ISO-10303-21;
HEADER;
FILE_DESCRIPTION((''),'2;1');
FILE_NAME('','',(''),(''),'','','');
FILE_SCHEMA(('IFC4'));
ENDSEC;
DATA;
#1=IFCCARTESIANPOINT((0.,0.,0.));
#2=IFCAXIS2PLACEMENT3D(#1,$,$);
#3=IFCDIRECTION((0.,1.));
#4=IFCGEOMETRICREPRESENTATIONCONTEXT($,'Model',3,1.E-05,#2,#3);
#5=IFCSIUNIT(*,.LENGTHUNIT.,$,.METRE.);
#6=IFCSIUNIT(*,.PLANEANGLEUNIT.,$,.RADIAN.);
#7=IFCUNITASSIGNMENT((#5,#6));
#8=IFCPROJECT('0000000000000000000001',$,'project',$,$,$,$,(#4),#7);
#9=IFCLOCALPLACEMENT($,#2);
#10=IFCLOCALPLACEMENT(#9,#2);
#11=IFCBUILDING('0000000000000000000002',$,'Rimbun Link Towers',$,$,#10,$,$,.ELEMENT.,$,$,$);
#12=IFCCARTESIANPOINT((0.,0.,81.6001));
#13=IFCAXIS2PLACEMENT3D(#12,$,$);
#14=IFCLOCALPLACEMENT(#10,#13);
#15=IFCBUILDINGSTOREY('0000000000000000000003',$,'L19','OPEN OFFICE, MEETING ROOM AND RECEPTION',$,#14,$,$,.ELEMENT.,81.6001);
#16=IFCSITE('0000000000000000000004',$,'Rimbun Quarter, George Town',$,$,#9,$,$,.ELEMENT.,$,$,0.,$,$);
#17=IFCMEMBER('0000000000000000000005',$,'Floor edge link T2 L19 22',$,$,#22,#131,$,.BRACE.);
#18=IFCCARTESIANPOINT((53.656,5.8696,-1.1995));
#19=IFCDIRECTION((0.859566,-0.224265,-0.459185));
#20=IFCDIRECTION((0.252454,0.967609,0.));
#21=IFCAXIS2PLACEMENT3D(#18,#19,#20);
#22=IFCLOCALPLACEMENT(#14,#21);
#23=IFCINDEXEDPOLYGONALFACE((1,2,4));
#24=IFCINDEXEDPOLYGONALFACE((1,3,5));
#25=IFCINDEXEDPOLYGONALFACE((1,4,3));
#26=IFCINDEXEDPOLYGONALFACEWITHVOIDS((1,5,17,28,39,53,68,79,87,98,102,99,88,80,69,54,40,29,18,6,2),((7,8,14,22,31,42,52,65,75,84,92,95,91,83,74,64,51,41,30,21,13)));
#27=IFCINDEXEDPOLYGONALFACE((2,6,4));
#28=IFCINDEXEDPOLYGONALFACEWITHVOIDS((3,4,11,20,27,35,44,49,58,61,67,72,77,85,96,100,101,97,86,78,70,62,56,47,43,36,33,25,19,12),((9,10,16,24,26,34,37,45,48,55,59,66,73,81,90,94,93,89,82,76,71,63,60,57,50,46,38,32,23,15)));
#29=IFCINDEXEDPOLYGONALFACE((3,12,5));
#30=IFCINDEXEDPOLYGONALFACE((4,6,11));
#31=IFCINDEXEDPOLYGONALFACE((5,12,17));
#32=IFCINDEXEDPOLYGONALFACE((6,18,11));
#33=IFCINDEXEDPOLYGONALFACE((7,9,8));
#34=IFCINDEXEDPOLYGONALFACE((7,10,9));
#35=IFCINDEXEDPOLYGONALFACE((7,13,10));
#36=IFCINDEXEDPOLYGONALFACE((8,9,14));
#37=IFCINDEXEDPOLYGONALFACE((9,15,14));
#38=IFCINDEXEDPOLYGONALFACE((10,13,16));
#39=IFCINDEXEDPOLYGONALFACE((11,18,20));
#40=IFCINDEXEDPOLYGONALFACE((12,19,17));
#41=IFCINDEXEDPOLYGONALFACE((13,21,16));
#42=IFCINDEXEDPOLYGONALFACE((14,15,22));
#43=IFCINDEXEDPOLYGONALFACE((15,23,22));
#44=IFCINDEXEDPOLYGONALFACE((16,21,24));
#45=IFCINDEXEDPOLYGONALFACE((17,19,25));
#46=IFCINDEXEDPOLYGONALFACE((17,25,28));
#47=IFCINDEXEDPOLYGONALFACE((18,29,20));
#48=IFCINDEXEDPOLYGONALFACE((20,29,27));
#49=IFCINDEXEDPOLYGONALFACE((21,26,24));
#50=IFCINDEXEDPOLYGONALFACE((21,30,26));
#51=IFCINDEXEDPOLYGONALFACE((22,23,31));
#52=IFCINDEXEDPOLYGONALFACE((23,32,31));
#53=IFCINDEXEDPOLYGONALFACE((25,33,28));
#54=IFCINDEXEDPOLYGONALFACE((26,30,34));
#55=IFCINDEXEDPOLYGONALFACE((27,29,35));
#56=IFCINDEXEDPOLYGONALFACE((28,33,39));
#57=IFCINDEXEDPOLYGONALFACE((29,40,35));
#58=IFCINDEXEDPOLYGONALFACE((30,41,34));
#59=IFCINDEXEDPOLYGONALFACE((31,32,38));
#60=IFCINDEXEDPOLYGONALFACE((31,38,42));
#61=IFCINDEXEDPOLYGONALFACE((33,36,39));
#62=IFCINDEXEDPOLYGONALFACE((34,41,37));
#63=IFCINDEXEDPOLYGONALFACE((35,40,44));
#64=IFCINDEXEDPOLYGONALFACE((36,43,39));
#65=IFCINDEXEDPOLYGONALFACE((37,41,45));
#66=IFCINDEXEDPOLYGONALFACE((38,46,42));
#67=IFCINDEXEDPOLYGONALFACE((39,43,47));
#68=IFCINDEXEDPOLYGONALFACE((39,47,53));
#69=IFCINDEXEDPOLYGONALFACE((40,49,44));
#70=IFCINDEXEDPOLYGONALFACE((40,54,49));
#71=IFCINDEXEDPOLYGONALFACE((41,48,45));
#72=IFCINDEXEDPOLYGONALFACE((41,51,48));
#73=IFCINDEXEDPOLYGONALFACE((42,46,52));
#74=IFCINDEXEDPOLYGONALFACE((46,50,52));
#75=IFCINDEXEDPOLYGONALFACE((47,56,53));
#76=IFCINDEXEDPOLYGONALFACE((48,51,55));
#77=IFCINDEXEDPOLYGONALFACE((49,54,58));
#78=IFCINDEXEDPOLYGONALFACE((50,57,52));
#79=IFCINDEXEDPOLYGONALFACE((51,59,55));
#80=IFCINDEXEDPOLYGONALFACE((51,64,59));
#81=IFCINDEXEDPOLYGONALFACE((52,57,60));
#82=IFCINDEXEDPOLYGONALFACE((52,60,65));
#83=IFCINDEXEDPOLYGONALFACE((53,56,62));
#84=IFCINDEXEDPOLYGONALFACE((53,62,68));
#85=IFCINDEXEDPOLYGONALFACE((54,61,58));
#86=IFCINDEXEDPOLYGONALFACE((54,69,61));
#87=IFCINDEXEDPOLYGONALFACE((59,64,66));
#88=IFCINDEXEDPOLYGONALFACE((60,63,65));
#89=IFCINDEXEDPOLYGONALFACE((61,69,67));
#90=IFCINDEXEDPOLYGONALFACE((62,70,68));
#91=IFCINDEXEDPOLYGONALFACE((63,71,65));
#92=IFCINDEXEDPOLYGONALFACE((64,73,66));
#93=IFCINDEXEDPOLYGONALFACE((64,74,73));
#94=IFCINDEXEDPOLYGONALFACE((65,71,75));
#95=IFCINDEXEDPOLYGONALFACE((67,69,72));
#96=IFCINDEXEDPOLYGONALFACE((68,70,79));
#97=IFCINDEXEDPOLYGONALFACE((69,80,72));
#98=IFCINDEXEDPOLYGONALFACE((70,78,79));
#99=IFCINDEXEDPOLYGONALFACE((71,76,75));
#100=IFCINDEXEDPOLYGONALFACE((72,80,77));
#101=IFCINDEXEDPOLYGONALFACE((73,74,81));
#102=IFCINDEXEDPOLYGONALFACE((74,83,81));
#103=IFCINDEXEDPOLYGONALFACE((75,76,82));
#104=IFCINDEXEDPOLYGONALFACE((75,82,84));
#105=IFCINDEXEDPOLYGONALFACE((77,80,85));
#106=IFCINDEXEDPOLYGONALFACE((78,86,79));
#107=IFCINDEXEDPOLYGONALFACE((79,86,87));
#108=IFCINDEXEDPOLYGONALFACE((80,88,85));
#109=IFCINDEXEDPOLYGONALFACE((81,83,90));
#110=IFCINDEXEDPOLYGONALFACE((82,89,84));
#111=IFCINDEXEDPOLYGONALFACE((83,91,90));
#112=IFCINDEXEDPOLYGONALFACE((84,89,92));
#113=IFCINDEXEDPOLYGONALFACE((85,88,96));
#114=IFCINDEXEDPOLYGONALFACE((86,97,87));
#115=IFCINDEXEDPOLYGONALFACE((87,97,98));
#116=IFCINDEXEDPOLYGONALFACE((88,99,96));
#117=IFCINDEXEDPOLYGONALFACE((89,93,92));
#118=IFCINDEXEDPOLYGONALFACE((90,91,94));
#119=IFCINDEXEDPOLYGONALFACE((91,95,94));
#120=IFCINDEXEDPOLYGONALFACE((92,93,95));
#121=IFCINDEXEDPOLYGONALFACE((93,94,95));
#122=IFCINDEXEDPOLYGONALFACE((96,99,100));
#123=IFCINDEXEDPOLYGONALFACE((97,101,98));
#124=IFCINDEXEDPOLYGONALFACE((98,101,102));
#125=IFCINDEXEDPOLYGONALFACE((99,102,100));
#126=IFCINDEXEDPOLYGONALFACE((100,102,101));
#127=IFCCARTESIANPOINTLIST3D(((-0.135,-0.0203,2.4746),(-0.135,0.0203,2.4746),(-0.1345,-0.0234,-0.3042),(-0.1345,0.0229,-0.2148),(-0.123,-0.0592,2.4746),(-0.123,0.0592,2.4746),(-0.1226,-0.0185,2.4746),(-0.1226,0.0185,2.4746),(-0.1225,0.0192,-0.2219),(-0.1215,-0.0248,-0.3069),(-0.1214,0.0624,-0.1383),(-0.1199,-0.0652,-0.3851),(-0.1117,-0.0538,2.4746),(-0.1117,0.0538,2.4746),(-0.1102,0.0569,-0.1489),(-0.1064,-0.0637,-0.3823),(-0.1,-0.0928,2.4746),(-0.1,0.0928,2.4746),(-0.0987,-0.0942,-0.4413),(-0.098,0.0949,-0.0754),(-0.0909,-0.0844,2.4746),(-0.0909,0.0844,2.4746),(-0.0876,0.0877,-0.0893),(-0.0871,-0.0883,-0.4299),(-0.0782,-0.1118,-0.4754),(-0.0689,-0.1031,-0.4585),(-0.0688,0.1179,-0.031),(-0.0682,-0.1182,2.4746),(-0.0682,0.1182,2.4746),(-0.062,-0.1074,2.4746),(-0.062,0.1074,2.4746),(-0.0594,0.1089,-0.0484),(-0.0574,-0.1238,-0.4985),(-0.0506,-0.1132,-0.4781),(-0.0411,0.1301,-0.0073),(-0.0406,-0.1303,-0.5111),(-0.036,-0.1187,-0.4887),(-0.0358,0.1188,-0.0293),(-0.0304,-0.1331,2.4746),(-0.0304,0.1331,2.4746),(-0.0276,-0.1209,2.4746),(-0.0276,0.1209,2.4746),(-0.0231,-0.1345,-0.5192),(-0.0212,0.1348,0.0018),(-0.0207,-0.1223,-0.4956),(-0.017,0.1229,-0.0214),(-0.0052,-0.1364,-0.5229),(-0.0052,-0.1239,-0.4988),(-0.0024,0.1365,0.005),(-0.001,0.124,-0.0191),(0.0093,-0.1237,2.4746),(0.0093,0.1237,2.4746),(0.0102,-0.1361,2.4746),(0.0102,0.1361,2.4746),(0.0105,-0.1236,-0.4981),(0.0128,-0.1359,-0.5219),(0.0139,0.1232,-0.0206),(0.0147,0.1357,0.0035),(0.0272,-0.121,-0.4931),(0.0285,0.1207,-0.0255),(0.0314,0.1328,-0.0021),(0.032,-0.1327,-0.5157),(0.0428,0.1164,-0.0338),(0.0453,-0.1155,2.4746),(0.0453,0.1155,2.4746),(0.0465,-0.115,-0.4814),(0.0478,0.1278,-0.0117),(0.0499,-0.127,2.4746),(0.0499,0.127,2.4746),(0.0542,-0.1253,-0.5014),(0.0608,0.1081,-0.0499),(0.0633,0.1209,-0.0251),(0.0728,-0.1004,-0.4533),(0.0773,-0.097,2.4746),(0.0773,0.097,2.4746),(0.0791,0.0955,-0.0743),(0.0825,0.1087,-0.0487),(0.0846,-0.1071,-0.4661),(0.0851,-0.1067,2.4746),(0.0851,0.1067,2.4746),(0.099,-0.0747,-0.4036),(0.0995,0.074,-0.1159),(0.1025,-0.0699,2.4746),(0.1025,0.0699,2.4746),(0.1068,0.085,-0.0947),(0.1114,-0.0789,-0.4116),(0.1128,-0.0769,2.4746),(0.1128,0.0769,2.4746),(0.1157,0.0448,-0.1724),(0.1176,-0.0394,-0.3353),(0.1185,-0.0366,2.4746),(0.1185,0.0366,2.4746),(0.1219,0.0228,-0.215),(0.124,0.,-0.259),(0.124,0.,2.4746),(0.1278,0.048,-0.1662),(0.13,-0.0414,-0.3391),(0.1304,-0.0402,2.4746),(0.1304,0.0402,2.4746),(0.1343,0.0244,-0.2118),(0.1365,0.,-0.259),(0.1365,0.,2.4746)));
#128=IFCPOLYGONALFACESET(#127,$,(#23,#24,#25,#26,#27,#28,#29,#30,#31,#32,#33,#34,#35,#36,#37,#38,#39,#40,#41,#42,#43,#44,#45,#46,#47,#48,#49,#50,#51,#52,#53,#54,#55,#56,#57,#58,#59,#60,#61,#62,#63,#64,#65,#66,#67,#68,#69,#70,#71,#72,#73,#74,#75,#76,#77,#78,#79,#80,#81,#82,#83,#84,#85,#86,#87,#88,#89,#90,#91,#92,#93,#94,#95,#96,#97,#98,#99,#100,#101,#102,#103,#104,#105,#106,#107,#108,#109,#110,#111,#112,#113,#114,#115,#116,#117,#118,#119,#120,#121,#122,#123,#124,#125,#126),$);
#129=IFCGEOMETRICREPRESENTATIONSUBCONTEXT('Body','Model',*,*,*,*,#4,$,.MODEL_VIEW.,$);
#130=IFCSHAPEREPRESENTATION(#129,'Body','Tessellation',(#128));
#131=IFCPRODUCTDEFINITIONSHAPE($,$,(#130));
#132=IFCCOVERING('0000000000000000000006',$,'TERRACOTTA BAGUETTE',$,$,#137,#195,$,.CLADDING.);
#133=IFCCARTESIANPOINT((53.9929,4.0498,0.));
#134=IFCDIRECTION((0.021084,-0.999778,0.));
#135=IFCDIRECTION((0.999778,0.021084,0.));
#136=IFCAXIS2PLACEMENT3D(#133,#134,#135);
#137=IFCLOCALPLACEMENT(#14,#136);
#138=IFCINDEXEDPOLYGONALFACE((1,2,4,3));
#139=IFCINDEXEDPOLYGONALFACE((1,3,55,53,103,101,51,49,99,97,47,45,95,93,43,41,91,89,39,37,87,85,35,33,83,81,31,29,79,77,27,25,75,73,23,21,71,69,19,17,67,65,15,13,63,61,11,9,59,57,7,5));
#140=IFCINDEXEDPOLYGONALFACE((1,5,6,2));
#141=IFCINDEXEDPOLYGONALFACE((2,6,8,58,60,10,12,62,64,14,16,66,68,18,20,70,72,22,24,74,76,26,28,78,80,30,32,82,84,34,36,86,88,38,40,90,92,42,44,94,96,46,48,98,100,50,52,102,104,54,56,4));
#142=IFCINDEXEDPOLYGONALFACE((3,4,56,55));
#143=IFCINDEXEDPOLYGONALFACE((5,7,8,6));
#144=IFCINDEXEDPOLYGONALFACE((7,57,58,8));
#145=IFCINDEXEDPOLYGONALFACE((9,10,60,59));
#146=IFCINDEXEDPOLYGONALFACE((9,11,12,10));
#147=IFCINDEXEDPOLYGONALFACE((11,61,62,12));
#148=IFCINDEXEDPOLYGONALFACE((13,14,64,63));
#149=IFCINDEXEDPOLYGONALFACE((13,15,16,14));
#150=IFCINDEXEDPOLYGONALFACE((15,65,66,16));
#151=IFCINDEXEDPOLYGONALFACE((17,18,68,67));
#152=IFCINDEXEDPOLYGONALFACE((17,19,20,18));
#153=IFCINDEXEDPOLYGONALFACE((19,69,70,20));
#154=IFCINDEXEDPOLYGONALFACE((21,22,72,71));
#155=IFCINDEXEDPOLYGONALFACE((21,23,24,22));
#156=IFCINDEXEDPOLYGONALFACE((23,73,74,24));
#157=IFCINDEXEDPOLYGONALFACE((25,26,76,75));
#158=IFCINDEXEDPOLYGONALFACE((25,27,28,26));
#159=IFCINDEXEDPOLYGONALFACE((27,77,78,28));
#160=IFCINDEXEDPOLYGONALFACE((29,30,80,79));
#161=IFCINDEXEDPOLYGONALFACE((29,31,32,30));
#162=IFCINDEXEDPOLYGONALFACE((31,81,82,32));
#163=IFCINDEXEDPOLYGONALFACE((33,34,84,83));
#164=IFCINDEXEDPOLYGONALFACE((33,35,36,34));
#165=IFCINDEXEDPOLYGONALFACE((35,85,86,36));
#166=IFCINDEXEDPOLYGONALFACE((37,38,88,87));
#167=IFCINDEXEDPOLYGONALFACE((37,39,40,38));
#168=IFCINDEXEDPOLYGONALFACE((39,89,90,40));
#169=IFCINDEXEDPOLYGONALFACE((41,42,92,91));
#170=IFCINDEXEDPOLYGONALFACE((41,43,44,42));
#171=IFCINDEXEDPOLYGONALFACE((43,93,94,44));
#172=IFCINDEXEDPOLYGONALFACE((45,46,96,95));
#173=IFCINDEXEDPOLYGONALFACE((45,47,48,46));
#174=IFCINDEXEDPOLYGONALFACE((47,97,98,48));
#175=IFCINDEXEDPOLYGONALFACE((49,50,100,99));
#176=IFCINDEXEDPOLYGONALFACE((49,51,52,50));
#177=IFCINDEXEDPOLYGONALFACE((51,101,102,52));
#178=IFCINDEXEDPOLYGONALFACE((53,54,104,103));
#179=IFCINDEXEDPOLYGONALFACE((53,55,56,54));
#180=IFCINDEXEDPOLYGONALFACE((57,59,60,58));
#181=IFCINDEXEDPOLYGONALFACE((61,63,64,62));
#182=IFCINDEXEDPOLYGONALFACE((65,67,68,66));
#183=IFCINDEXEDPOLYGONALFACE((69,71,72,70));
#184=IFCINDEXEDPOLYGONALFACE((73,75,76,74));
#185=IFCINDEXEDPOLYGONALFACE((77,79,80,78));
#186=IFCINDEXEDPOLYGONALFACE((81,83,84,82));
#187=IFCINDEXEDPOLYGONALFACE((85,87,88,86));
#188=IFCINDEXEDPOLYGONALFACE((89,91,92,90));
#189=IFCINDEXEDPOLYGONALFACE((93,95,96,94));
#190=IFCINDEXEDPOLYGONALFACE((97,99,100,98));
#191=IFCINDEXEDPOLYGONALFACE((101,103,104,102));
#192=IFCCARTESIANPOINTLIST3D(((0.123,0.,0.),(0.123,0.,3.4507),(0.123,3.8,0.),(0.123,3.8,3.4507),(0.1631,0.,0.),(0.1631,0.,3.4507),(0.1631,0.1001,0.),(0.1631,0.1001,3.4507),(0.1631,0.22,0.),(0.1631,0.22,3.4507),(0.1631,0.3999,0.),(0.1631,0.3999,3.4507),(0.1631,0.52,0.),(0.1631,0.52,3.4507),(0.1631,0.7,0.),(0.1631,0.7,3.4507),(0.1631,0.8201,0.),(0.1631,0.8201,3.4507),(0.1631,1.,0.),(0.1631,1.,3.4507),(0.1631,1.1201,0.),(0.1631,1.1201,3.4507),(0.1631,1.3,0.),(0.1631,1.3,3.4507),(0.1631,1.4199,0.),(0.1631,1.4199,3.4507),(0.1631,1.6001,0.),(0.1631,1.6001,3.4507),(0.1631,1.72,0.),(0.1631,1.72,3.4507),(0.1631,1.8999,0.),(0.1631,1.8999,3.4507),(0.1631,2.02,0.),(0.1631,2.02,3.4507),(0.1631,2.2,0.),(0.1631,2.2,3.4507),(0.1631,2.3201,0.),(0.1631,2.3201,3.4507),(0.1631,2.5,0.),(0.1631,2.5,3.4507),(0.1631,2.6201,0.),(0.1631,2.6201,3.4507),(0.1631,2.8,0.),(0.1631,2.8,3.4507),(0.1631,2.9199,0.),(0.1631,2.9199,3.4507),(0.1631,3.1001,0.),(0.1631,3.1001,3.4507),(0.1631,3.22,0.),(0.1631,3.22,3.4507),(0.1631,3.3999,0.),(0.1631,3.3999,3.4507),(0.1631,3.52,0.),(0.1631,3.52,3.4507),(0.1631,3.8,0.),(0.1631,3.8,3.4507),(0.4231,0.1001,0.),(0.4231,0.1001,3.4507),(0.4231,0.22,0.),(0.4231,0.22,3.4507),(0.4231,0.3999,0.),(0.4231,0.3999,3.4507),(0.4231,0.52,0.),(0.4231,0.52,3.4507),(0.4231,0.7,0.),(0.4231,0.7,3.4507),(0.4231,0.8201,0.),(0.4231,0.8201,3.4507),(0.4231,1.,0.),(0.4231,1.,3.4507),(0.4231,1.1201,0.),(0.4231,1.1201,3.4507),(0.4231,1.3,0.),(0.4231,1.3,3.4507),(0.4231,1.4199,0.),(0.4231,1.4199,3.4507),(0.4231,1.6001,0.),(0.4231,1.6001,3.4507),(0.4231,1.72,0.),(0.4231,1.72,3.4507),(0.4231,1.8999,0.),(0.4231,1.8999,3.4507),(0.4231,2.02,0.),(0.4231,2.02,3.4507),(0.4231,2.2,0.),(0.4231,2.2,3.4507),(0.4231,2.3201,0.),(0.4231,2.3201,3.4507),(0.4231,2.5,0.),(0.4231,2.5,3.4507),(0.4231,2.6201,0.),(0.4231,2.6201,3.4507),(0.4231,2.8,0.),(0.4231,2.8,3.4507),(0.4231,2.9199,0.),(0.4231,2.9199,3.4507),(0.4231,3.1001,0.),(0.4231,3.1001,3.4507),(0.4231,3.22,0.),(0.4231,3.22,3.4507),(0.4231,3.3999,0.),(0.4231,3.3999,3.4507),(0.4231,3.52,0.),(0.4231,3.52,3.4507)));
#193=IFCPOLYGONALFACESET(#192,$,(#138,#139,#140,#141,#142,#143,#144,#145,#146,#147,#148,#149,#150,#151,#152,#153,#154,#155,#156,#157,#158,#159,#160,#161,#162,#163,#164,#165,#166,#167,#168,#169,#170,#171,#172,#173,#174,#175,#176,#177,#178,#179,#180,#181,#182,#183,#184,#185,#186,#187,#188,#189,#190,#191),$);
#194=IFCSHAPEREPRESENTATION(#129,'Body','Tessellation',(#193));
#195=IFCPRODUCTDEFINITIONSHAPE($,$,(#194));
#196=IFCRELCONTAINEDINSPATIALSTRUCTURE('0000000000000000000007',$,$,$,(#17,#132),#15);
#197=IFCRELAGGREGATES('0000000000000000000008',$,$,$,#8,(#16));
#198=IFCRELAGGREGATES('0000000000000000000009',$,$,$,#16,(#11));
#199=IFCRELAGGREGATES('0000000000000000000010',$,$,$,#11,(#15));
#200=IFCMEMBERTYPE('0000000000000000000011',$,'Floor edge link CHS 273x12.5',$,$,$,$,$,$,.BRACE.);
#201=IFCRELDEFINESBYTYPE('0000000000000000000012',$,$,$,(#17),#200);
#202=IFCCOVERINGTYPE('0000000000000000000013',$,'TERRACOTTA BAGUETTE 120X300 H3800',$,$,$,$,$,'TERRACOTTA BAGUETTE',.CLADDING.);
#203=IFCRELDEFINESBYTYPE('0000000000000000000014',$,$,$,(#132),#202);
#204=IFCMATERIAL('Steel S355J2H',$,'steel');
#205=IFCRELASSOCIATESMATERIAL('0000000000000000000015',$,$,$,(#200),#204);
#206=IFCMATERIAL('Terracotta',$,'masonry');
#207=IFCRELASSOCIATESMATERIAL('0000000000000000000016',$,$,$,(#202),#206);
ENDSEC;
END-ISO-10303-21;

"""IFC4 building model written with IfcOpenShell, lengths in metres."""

from ifc_helpers import new_model, si_unit, direction, frame, origin, origin_2d, place, context, subcontext, project, spatial, polyline, hollow_circle, outline, extrude, clip, halfspace, material, material_profile, profile_set, type_object, element, save


model = new_model("IFC4")

# Units and contexts
model_context = context("Model", 3, precision=1e-05, world=origin(), true_north=direction((0.0, 1.0)))
body_context = subcontext(model_context, "Body", "Model", "MODEL_VIEW")
ifc_project = project(units=[si_unit("LENGTHUNIT", "METRE"), si_unit("PLANEANGLEUNIT", "RADIAN")], contexts=[model_context])

# Site, building, storey
site_placement = place(None, origin())
site = spatial("IfcSite", under=ifc_project, at=site_placement, Name="Rimbun Quarter, George Town", CompositionType="ELEMENT", RefElevation=0.0)
building_placement = place(site_placement, origin())
building = spatial("IfcBuilding", under=site, at=building_placement, Name="Rimbun Link Towers", CompositionType="ELEMENT")
storey_placement = place(building_placement, frame((0.0, 0.0, 81.6001)))
storey = spatial("IfcBuildingStorey", under=building, at=storey_placement, Name="L19", Description="OPEN OFFICE, MEETING ROOM AND RECEPTION", CompositionType="ELEMENT", Elevation=81.6001)

# Member
ifc_material_1 = material(Name="Steel S355J2H", Category="steel")
ifc_material_profile_1 = material_profile(ifc_material_1, hollow_circle(Radius=0.1365, WallThickness=0.0125, at=origin_2d()), Name="CHS 273x12.5")
ifc_profile_set_1 = profile_set([ifc_material_profile_1], Name="Steel S355J2H")
member_type_1 = type_object("IfcMemberType", Name="Floor edge link CHS 273x12.5", PredefinedType="BRACE", material=ifc_profile_set_1)
member_1_placement = place(storey_placement, frame((53.656, 5.8696, -1.1995), z_axis=(0.859566, -0.224265, -0.459185), x_axis=(0.252454, 0.967609, 0.0)))
element("IfcMember", 1, at=member_1_placement, inside=storey, type_object=member_type_1, Name="Floor edge link T2 L19 22", PredefinedType="BRACE", context=body_context, shape_type="Clipping", body=[
    clip(extrude(hollow_circle(Radius=0.1365, WallThickness=0.0125, at=origin_2d()), frame((0.0, 0.0, -0.5498)), (0.0, 0.0, 1.0), 3.0244), halfspace(frame((0.0, 0.0, -0.259), z_axis=(0.0, 0.888341, -0.459185)), False)),
])

# Covering
ifc_material_2 = material(Name="Terracotta", Category="masonry")
ifc_material_profile_2 = material_profile(ifc_material_2, outline(polyline([(0.123, 0.0), (0.1631, 0.0), (0.1631, 0.1001), (0.4231, 0.1001), (0.4231, 0.22), (0.1631, 0.22), (0.1631, 0.3999), (0.4231, 0.3999), (0.4231, 0.52), (0.1631, 0.52), (0.1631, 0.7), (0.4231, 0.7), (0.4231, 0.8201), (0.1631, 0.8201), (0.1631, 1.0), (0.4231, 1.0), (0.4231, 1.1201), (0.1631, 1.1201), (0.1631, 1.3), (0.4231, 1.3), (0.4231, 1.4199), (0.1631, 1.4199), (0.1631, 1.6001), (0.4231, 1.6001), (0.4231, 1.72), (0.1631, 1.72), (0.1631, 1.8999), (0.4231, 1.8999), (0.4231, 2.02), (0.1631, 2.02), (0.1631, 2.2), (0.4231, 2.2), (0.4231, 2.3201), (0.1631, 2.3201), (0.1631, 2.5), (0.4231, 2.5), (0.4231, 2.6201), (0.1631, 2.6201), (0.1631, 2.8), (0.4231, 2.8), (0.4231, 2.9199), (0.1631, 2.9199), (0.1631, 3.1001), (0.4231, 3.1001), (0.4231, 3.22), (0.1631, 3.22), (0.1631, 3.3999), (0.4231, 3.3999), (0.4231, 3.52), (0.1631, 3.52), (0.1631, 3.8), (0.123, 3.8), (0.123, 0.0)])), Name="BAGUETTE 120X300")
ifc_profile_set_2 = profile_set([ifc_material_profile_2], Name="Terracotta")
covering_type = type_object("IfcCoveringType", Name="TERRACOTTA BAGUETTE 120X300 H3800", ElementType="TERRACOTTA BAGUETTE", PredefinedType="CLADDING", material=ifc_profile_set_2)
covering_1_placement = place(storey_placement, frame((53.9929, 4.0498, 0.0), z_axis=(0.021084, -0.999778, 0.0), x_axis=(0.999778, 0.021084, 0.0)))
element("IfcCovering", 2, at=covering_1_placement, inside=storey, type_object=covering_type, Name="TERRACOTTA BAGUETTE", PredefinedType="CLADDING", context=body_context, shape_type="SweptSolid", body=[
    extrude(outline(polyline([(0.123, 0.0), (0.1631, 0.0), (0.1631, 0.1001), (0.4231, 0.1001), (0.4231, 0.22), (0.1631, 0.22), (0.1631, 0.3999), (0.4231, 0.3999), (0.4231, 0.52), (0.1631, 0.52), (0.1631, 0.7), (0.4231, 0.7), (0.4231, 0.8201), (0.1631, 0.8201), (0.1631, 1.0), (0.4231, 1.0), (0.4231, 1.1201), (0.1631, 1.1201), (0.1631, 1.3), (0.4231, 1.3), (0.4231, 1.4199), (0.1631, 1.4199), (0.1631, 1.6001), (0.4231, 1.6001), (0.4231, 1.72), (0.1631, 1.72), (0.1631, 1.8999), (0.4231, 1.8999), (0.4231, 2.02), (0.1631, 2.02), (0.1631, 2.2), (0.4231, 2.2), (0.4231, 2.3201), (0.1631, 2.3201), (0.1631, 2.5), (0.4231, 2.5), (0.4231, 2.6201), (0.1631, 2.6201), (0.1631, 2.8), (0.4231, 2.8), (0.4231, 2.9199), (0.1631, 2.9199), (0.1631, 3.1001), (0.4231, 3.1001), (0.4231, 3.22), (0.1631, 3.22), (0.1631, 3.3999), (0.4231, 3.3999), (0.4231, 3.52), (0.1631, 3.52), (0.1631, 3.8), (0.123, 3.8), (0.123, 0.0)])), origin(), (0.0, 0.0, 1.0), 3.4507),
])

save(model, "model.ifc")
